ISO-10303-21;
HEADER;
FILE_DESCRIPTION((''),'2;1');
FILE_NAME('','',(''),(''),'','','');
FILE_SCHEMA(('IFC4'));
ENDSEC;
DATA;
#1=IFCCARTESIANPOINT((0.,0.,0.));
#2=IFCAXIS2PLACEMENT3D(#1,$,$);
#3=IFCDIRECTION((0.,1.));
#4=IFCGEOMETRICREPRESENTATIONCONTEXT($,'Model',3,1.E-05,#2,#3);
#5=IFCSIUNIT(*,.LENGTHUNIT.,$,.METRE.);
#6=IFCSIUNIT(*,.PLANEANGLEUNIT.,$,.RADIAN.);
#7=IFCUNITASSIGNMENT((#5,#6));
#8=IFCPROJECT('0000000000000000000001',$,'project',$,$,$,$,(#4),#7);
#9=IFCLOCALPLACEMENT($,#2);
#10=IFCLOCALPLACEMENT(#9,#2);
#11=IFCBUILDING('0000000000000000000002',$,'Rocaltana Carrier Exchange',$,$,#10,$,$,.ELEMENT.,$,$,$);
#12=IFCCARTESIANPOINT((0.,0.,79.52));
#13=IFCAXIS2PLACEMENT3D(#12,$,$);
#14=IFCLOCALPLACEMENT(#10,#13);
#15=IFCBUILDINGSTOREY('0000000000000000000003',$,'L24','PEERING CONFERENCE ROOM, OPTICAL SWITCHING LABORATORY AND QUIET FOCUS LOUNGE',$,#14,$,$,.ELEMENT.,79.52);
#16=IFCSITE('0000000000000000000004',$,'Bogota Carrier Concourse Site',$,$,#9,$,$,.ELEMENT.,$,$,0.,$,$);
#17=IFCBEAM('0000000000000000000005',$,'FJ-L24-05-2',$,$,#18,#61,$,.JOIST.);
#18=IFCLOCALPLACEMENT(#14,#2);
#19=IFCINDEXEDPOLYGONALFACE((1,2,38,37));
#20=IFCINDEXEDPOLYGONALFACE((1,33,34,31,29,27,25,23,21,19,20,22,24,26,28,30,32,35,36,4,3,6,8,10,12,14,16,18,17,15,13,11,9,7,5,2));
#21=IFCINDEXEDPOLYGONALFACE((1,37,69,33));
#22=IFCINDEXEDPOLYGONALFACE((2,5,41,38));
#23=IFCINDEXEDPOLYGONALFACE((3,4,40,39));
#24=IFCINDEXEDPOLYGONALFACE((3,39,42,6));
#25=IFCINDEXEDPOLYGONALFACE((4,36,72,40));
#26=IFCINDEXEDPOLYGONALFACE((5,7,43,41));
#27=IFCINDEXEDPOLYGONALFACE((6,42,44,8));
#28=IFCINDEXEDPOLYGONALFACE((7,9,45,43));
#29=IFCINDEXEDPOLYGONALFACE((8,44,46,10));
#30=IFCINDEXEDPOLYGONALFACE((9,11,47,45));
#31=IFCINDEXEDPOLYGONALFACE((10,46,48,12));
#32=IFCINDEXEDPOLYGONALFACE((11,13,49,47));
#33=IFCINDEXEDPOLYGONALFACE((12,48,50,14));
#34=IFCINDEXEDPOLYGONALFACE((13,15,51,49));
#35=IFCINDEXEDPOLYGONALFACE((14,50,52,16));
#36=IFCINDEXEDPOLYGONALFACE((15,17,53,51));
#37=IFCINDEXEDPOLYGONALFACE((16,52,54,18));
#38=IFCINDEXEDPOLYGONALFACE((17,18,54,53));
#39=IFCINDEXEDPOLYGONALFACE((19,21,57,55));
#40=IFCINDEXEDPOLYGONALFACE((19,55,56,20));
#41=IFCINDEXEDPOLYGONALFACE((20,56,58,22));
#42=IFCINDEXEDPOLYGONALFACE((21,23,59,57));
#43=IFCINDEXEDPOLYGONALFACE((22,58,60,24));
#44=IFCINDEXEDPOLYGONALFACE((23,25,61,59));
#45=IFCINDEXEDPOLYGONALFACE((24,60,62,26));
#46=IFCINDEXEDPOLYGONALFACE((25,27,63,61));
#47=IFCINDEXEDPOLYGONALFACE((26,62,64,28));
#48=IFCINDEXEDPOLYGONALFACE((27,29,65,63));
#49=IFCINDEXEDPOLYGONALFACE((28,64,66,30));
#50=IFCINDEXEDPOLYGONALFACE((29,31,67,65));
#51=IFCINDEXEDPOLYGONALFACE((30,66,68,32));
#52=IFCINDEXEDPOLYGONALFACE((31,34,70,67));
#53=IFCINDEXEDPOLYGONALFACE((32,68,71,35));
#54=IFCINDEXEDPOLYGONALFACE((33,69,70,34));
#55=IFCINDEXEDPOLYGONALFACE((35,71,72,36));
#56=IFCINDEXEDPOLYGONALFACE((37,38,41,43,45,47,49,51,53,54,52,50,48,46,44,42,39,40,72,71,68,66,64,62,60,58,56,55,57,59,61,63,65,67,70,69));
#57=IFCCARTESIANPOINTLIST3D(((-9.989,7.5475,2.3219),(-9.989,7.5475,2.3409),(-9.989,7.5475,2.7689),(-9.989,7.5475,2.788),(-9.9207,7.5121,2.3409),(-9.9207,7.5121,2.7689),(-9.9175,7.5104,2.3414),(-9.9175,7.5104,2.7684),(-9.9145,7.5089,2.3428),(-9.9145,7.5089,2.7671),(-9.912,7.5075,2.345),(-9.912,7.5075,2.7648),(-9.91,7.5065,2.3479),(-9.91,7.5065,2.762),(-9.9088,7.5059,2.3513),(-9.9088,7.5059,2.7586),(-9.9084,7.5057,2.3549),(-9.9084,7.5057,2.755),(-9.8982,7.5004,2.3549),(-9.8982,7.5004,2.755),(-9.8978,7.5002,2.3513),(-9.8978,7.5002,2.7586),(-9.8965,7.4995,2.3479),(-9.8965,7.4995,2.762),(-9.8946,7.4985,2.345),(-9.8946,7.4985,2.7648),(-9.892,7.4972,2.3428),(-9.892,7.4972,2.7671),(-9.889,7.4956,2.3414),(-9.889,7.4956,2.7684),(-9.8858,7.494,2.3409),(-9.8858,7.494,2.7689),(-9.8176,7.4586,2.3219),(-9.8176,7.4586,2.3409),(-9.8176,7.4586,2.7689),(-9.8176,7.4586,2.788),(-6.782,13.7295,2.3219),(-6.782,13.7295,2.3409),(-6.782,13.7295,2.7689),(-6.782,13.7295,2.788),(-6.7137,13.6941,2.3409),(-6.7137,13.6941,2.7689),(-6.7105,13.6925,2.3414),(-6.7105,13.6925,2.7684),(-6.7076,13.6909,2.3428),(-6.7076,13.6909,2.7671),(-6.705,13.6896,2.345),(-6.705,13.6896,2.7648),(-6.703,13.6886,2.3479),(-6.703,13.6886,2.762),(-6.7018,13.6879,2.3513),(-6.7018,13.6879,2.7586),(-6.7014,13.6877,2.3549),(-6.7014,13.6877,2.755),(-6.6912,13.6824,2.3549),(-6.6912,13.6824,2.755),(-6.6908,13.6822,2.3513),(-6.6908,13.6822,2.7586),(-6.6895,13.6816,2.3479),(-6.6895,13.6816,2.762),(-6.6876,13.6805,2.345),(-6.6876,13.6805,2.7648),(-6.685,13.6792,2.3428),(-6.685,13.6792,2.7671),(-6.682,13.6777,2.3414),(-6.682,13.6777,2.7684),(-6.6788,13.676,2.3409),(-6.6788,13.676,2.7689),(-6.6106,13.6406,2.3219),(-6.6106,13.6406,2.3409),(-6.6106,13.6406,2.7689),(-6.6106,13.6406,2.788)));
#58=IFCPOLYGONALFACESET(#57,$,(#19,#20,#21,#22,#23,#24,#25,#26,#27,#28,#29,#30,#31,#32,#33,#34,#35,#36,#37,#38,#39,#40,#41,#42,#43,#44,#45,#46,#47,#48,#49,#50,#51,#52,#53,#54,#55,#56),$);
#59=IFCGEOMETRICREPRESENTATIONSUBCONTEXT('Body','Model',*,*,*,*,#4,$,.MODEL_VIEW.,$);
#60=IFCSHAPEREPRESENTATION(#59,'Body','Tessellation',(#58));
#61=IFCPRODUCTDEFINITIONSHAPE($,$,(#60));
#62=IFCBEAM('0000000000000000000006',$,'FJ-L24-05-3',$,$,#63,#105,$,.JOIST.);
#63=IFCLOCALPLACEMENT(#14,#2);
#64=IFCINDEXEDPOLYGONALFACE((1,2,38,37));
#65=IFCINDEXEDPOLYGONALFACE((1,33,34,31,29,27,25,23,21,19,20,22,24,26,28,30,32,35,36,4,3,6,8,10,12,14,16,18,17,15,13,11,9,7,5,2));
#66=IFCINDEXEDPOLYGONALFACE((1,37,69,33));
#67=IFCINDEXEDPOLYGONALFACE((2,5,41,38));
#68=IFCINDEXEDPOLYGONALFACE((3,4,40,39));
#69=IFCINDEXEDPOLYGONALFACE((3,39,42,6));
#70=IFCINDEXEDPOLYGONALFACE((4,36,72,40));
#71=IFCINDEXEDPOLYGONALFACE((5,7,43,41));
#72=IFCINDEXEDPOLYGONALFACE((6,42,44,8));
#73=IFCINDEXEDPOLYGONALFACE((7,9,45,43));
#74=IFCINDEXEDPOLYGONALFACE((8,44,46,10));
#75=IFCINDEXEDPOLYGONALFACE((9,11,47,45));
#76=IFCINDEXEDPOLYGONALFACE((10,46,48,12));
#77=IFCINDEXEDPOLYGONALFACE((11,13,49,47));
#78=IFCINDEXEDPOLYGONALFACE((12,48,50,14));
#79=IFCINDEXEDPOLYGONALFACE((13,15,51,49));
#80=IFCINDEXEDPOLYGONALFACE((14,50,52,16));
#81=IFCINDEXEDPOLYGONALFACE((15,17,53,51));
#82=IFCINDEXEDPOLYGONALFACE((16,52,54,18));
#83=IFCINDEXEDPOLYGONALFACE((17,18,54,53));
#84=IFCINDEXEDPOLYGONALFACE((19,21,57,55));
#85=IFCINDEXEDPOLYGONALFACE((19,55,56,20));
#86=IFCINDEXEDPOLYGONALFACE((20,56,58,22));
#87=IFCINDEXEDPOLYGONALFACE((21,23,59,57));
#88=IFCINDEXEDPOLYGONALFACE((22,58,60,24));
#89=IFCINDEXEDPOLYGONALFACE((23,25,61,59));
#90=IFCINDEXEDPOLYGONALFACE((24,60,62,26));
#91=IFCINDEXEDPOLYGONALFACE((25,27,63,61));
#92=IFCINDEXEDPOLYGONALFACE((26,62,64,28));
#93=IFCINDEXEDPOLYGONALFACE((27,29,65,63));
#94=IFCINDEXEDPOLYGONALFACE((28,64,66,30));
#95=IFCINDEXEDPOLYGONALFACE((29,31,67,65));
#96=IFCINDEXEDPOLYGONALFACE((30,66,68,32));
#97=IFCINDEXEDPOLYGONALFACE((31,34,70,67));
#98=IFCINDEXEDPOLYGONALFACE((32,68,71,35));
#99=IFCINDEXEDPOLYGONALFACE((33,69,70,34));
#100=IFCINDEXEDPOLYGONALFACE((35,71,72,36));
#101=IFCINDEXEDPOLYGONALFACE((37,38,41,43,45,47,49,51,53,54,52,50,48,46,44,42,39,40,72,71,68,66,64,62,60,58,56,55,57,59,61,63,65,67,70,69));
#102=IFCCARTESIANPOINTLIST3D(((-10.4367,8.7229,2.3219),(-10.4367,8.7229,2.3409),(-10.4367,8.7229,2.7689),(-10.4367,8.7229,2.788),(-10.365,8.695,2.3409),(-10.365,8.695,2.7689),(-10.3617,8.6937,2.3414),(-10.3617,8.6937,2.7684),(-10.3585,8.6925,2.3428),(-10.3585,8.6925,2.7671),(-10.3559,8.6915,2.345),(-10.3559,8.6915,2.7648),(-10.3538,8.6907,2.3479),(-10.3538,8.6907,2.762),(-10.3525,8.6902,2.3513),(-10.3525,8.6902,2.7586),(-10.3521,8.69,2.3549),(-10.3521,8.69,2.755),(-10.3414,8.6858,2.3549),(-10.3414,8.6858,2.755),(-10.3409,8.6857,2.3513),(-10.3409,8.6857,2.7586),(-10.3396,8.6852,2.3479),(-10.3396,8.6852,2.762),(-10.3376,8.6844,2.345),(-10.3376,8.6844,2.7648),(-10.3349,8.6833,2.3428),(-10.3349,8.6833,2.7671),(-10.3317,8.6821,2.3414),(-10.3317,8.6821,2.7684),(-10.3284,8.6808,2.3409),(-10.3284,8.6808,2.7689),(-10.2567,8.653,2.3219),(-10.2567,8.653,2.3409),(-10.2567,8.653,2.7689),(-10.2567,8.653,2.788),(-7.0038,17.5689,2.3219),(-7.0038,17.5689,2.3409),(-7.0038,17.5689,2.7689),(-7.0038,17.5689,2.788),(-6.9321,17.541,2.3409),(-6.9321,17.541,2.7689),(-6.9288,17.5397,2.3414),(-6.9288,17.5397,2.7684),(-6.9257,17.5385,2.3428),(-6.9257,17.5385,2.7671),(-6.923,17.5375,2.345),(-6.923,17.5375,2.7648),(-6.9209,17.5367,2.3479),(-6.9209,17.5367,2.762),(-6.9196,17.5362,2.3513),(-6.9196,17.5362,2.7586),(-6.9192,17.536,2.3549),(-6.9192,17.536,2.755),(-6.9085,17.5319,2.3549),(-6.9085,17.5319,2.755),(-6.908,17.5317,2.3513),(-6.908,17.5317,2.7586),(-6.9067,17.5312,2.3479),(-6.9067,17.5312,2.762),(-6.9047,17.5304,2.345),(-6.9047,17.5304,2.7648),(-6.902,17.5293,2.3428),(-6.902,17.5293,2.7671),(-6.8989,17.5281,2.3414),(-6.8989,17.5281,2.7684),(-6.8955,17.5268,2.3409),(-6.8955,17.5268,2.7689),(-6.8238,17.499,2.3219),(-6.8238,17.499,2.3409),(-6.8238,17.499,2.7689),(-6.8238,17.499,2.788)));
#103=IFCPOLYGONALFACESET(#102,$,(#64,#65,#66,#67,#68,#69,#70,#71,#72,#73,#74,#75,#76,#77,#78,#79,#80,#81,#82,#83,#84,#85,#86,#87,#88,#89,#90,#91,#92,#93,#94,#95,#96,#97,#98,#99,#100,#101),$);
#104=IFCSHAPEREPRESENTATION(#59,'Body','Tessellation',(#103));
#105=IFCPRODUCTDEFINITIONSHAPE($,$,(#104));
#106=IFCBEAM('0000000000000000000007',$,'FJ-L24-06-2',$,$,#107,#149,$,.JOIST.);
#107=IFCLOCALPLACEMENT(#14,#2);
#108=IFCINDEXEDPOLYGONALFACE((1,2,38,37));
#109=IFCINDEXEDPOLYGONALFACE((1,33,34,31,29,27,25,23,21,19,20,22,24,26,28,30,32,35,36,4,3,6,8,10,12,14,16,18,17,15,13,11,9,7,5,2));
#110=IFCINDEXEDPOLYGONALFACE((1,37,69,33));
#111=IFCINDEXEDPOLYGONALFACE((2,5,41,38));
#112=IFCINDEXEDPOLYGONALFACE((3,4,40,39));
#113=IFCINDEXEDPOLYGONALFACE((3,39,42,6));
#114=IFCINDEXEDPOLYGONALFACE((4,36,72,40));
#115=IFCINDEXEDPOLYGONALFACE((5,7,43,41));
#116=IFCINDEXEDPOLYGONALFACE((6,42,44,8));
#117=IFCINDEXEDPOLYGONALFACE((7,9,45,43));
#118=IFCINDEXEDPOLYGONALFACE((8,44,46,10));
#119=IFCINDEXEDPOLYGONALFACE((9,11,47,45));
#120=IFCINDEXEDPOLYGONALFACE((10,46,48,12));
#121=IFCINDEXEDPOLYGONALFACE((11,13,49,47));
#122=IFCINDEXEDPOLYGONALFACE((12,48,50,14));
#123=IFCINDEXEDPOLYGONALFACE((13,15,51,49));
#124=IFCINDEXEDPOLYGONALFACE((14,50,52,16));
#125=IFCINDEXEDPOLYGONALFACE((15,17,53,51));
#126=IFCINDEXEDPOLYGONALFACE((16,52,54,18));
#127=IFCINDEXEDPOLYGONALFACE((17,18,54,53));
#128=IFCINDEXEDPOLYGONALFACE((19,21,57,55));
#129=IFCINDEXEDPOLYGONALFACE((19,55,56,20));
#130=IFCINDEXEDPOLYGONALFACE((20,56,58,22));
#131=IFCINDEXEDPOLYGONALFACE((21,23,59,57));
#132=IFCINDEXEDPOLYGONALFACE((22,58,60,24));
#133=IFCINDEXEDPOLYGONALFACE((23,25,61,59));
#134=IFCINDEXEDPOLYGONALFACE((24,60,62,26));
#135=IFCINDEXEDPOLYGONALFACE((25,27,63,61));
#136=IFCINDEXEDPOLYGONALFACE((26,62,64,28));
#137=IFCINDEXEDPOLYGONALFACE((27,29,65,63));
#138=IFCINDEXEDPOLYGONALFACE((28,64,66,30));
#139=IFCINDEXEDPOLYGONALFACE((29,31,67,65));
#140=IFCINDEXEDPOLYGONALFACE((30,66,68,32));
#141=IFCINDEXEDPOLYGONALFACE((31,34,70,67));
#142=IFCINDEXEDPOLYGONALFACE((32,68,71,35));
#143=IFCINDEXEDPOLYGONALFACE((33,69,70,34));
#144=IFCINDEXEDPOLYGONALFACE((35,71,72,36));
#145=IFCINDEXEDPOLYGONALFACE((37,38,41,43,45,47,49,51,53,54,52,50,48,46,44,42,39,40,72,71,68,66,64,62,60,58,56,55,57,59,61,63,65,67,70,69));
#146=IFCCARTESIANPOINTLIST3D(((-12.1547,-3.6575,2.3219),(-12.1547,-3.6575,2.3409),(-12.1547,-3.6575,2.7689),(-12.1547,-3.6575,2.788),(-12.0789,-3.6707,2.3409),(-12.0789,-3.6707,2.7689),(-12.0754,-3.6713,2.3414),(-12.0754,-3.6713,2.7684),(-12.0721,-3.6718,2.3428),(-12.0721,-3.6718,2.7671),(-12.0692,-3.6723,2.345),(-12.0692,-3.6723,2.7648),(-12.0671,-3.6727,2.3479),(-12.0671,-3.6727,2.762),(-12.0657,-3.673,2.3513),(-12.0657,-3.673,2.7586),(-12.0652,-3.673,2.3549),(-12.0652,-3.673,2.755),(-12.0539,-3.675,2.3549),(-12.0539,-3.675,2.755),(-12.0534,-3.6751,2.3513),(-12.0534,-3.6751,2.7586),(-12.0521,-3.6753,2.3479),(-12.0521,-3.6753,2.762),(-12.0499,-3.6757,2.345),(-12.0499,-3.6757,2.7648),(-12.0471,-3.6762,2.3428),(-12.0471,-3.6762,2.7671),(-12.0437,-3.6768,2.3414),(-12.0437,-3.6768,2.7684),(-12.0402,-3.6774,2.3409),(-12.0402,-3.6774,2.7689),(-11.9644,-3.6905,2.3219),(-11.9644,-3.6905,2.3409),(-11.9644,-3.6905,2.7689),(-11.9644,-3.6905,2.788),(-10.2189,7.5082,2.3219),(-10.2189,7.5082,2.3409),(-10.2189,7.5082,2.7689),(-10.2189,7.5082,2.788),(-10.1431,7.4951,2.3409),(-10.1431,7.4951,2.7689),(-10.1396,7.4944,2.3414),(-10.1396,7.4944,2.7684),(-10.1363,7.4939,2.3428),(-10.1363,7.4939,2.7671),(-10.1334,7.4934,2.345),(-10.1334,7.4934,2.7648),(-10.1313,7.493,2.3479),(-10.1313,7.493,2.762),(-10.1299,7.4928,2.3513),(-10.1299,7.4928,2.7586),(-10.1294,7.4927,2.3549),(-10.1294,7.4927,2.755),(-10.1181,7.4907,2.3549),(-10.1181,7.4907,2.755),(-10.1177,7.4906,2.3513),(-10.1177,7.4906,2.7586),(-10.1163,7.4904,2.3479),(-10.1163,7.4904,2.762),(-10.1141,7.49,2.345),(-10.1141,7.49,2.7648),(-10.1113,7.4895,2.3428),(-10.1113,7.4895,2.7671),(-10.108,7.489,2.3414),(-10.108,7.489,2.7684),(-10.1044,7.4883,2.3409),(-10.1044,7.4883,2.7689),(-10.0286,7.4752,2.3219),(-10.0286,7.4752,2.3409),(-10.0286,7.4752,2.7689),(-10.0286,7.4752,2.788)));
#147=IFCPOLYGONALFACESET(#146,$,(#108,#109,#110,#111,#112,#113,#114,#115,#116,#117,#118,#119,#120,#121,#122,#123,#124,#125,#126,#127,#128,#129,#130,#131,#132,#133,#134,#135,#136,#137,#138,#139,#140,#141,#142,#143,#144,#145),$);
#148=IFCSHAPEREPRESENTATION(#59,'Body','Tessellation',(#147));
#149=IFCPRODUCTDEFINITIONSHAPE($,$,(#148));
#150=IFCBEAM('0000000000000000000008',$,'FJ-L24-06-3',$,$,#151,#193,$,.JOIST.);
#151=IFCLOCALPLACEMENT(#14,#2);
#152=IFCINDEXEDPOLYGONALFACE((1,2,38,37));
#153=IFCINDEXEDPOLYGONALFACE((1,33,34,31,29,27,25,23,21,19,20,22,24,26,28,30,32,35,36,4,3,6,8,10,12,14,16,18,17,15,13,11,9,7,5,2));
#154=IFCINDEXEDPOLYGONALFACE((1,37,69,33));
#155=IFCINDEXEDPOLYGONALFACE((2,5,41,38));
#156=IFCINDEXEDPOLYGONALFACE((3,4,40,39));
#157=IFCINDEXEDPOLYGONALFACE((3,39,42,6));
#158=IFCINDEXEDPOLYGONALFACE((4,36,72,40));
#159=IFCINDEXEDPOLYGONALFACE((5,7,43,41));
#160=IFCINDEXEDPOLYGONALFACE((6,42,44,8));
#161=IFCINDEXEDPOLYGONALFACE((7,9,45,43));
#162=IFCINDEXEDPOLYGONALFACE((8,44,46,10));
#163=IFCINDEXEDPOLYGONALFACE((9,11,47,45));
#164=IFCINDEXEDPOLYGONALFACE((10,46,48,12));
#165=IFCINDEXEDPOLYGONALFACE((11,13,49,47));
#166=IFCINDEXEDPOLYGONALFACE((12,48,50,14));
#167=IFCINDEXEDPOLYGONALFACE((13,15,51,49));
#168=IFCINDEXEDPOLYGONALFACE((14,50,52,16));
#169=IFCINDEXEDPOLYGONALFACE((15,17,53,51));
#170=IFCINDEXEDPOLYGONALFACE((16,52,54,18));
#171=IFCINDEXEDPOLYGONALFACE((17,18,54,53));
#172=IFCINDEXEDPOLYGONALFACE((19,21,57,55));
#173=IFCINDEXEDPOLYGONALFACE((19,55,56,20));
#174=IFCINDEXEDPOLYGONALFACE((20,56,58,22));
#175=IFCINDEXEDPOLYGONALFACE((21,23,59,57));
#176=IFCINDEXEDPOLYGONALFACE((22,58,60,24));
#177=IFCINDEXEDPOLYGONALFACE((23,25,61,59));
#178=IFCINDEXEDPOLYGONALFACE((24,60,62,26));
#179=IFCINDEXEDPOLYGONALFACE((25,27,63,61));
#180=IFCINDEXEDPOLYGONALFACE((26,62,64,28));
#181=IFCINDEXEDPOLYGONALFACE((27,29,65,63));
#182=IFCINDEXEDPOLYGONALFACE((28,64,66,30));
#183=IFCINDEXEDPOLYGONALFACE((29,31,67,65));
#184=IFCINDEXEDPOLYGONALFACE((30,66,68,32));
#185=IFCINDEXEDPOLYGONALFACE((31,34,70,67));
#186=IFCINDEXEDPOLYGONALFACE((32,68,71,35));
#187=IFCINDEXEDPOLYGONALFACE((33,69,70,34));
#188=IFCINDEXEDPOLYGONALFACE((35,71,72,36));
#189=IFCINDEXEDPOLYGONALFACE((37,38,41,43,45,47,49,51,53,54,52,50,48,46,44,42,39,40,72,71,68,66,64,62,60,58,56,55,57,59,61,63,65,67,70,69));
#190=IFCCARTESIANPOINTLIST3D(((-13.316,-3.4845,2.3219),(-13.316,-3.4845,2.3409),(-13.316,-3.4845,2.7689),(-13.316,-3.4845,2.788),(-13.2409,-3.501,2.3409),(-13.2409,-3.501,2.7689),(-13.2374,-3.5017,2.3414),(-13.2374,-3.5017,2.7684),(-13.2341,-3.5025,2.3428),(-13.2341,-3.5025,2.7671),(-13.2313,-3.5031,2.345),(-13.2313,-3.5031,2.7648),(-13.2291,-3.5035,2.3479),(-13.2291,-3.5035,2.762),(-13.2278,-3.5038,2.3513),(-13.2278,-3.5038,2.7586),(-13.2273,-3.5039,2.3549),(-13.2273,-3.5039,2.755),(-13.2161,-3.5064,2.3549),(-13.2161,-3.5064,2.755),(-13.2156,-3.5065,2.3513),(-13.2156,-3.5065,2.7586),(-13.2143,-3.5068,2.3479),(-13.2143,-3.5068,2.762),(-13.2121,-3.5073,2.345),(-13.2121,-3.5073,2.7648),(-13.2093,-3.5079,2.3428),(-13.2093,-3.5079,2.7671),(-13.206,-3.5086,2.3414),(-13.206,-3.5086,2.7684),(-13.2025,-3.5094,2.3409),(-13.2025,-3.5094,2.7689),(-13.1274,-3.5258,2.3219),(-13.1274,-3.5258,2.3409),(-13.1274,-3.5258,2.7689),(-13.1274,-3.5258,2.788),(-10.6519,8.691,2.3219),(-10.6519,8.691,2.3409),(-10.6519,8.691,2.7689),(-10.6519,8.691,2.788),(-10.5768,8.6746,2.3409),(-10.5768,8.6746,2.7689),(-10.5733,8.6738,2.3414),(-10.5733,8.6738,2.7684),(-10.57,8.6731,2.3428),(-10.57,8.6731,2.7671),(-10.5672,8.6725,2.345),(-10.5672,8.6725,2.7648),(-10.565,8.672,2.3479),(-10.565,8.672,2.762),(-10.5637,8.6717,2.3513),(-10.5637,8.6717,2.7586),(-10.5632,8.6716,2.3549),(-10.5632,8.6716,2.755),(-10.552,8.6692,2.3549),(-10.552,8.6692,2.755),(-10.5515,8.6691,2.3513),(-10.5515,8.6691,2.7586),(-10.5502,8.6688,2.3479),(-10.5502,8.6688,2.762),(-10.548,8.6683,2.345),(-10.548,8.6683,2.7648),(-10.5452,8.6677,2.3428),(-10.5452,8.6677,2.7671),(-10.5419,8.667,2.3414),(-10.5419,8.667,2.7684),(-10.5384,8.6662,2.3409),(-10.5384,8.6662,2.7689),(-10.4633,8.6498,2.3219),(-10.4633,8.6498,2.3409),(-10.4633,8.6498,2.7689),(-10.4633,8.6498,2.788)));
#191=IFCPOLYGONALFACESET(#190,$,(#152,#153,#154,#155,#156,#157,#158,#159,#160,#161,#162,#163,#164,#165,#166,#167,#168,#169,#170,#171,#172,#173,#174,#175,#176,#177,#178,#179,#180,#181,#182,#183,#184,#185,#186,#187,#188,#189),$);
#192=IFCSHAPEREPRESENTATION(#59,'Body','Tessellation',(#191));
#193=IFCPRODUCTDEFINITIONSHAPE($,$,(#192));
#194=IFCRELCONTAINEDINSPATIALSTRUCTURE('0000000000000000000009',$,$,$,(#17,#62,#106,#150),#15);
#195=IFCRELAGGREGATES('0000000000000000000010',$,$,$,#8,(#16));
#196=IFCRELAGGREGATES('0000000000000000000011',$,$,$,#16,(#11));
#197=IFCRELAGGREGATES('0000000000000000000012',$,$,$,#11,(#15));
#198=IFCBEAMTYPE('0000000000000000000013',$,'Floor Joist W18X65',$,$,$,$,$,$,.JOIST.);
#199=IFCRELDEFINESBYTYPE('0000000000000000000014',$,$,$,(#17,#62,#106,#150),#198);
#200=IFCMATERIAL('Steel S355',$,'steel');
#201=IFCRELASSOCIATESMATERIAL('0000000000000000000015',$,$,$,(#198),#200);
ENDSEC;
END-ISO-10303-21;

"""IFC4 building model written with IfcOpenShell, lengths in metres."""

from ifc_helpers import new_model, si_unit, direction, frame, origin, origin_2d, place, context, subcontext, project, spatial, i_section, extrude, material, material_profile, profile_set, type_object, element, save


model = new_model("IFC4")

# Units and contexts
model_context = context("Model", 3, precision=1e-05, world=origin(), true_north=direction((0.0, 1.0)))
body_context = subcontext(model_context, "Body", "Model", "MODEL_VIEW")
ifc_project = project(units=[si_unit("LENGTHUNIT", "METRE"), si_unit("PLANEANGLEUNIT", "RADIAN")], contexts=[model_context])

# Site, building, storey
site_placement = place(None, origin())
site = spatial("IfcSite", under=ifc_project, at=site_placement, Name="Bogota Carrier Concourse Site", CompositionType="ELEMENT", RefElevation=0.0)
building_placement = place(site_placement, origin())
building = spatial("IfcBuilding", under=site, at=building_placement, Name="Rocaltana Carrier Exchange", CompositionType="ELEMENT")
storey_placement = place(building_placement, frame((0.0, 0.0, 79.52)))
storey = spatial("IfcBuildingStorey", under=building, at=storey_placement, Name="L24", Description="PEERING CONFERENCE ROOM, OPTICAL SWITCHING LABORATORY AND QUIET FOCUS LOUNGE", CompositionType="ELEMENT", Elevation=79.52)

# Beams
ifc_material_1 = material(Name="Steel S355", Category="steel")
ifc_material_profile_1 = material_profile(ifc_material_1, i_section(OverallWidth=0.1931, OverallDepth=0.4661, WebThickness=0.0115, FlangeThickness=0.019, FilletRadius=0.0139, at=origin_2d()), Name="W18X65")
ifc_profile_set_1 = profile_set([ifc_material_profile_1], Name="Steel S355")
beam_type_1 = type_object("IfcBeamType", Name="Floor Joist W18X65", PredefinedType="JOIST", material=ifc_profile_set_1)
beam_1_placement = place(storey_placement, frame((-6.6963, 13.6851, 2.5549), z_axis=(-0.460485, -0.887668, 0.0), x_axis=(0.887668, -0.460485, 0.0)))
element("IfcBeam", 1, at=beam_1_placement, inside=storey, type_object=beam_type_1, Name="FJ-L24-05-2", PredefinedType="JOIST", context=body_context, shape_type="SweptSolid", body=[
    extrude(i_section(OverallWidth=0.1931, OverallDepth=0.4661, WebThickness=0.0115, FlangeThickness=0.019, FilletRadius=0.0139, at=origin_2d()), origin(), (0.0, 0.0, 1.0), 6.9644),
])
beam_2_placement = place(storey_placement, frame((-6.9138, 17.5339, 2.5549), z_axis=(-0.361784, -0.932262, 0.0), x_axis=(0.932262, -0.361784, 0.0)))
element("IfcBeam", 2, at=beam_2_placement, inside=storey, type_object=beam_type_1, Name="FJ-L24-05-3", PredefinedType="JOIST", context=body_context, shape_type="SweptSolid", body=[
    extrude(i_section(OverallWidth=0.1931, OverallDepth=0.4661, WebThickness=0.0115, FlangeThickness=0.019, FilletRadius=0.0139, at=origin_2d()), origin(), (0.0, 0.0, 1.0), 9.4888),
])
beam_3_placement = place(storey_placement, frame((-10.1238, 7.4917, 2.5549), z_axis=(-0.17082, -0.985302, 0.0), x_axis=(0.985302, -0.17082, 0.0)))
element("IfcBeam", 3, at=beam_3_placement, inside=storey, type_object=beam_type_1, Name="FJ-L24-06-2", PredefinedType="JOIST", context=body_context, shape_type="SweptSolid", body=[
    extrude(i_section(OverallWidth=0.1931, OverallDepth=0.4661, WebThickness=0.0115, FlangeThickness=0.019, FilletRadius=0.0139, at=origin_2d()), origin(), (0.0, 0.0, 1.0), 11.3323),
])
beam_4_placement = place(storey_placement, frame((-10.5576, 8.6704, 2.5549), z_axis=(-0.213748, -0.976889, 0.0), x_axis=(0.976889, -0.213748, 0.0)))
element("IfcBeam", 4, at=beam_4_placement, inside=storey, type_object=beam_type_1, Name="FJ-L24-06-3", PredefinedType="JOIST", context=body_context, shape_type="SweptSolid", body=[
    extrude(i_section(OverallWidth=0.1931, OverallDepth=0.4661, WebThickness=0.0115, FlangeThickness=0.019, FilletRadius=0.0139, at=origin_2d()), origin(), (0.0, 0.0, 1.0), 12.4636),
])

save(model, "model.ifc")
